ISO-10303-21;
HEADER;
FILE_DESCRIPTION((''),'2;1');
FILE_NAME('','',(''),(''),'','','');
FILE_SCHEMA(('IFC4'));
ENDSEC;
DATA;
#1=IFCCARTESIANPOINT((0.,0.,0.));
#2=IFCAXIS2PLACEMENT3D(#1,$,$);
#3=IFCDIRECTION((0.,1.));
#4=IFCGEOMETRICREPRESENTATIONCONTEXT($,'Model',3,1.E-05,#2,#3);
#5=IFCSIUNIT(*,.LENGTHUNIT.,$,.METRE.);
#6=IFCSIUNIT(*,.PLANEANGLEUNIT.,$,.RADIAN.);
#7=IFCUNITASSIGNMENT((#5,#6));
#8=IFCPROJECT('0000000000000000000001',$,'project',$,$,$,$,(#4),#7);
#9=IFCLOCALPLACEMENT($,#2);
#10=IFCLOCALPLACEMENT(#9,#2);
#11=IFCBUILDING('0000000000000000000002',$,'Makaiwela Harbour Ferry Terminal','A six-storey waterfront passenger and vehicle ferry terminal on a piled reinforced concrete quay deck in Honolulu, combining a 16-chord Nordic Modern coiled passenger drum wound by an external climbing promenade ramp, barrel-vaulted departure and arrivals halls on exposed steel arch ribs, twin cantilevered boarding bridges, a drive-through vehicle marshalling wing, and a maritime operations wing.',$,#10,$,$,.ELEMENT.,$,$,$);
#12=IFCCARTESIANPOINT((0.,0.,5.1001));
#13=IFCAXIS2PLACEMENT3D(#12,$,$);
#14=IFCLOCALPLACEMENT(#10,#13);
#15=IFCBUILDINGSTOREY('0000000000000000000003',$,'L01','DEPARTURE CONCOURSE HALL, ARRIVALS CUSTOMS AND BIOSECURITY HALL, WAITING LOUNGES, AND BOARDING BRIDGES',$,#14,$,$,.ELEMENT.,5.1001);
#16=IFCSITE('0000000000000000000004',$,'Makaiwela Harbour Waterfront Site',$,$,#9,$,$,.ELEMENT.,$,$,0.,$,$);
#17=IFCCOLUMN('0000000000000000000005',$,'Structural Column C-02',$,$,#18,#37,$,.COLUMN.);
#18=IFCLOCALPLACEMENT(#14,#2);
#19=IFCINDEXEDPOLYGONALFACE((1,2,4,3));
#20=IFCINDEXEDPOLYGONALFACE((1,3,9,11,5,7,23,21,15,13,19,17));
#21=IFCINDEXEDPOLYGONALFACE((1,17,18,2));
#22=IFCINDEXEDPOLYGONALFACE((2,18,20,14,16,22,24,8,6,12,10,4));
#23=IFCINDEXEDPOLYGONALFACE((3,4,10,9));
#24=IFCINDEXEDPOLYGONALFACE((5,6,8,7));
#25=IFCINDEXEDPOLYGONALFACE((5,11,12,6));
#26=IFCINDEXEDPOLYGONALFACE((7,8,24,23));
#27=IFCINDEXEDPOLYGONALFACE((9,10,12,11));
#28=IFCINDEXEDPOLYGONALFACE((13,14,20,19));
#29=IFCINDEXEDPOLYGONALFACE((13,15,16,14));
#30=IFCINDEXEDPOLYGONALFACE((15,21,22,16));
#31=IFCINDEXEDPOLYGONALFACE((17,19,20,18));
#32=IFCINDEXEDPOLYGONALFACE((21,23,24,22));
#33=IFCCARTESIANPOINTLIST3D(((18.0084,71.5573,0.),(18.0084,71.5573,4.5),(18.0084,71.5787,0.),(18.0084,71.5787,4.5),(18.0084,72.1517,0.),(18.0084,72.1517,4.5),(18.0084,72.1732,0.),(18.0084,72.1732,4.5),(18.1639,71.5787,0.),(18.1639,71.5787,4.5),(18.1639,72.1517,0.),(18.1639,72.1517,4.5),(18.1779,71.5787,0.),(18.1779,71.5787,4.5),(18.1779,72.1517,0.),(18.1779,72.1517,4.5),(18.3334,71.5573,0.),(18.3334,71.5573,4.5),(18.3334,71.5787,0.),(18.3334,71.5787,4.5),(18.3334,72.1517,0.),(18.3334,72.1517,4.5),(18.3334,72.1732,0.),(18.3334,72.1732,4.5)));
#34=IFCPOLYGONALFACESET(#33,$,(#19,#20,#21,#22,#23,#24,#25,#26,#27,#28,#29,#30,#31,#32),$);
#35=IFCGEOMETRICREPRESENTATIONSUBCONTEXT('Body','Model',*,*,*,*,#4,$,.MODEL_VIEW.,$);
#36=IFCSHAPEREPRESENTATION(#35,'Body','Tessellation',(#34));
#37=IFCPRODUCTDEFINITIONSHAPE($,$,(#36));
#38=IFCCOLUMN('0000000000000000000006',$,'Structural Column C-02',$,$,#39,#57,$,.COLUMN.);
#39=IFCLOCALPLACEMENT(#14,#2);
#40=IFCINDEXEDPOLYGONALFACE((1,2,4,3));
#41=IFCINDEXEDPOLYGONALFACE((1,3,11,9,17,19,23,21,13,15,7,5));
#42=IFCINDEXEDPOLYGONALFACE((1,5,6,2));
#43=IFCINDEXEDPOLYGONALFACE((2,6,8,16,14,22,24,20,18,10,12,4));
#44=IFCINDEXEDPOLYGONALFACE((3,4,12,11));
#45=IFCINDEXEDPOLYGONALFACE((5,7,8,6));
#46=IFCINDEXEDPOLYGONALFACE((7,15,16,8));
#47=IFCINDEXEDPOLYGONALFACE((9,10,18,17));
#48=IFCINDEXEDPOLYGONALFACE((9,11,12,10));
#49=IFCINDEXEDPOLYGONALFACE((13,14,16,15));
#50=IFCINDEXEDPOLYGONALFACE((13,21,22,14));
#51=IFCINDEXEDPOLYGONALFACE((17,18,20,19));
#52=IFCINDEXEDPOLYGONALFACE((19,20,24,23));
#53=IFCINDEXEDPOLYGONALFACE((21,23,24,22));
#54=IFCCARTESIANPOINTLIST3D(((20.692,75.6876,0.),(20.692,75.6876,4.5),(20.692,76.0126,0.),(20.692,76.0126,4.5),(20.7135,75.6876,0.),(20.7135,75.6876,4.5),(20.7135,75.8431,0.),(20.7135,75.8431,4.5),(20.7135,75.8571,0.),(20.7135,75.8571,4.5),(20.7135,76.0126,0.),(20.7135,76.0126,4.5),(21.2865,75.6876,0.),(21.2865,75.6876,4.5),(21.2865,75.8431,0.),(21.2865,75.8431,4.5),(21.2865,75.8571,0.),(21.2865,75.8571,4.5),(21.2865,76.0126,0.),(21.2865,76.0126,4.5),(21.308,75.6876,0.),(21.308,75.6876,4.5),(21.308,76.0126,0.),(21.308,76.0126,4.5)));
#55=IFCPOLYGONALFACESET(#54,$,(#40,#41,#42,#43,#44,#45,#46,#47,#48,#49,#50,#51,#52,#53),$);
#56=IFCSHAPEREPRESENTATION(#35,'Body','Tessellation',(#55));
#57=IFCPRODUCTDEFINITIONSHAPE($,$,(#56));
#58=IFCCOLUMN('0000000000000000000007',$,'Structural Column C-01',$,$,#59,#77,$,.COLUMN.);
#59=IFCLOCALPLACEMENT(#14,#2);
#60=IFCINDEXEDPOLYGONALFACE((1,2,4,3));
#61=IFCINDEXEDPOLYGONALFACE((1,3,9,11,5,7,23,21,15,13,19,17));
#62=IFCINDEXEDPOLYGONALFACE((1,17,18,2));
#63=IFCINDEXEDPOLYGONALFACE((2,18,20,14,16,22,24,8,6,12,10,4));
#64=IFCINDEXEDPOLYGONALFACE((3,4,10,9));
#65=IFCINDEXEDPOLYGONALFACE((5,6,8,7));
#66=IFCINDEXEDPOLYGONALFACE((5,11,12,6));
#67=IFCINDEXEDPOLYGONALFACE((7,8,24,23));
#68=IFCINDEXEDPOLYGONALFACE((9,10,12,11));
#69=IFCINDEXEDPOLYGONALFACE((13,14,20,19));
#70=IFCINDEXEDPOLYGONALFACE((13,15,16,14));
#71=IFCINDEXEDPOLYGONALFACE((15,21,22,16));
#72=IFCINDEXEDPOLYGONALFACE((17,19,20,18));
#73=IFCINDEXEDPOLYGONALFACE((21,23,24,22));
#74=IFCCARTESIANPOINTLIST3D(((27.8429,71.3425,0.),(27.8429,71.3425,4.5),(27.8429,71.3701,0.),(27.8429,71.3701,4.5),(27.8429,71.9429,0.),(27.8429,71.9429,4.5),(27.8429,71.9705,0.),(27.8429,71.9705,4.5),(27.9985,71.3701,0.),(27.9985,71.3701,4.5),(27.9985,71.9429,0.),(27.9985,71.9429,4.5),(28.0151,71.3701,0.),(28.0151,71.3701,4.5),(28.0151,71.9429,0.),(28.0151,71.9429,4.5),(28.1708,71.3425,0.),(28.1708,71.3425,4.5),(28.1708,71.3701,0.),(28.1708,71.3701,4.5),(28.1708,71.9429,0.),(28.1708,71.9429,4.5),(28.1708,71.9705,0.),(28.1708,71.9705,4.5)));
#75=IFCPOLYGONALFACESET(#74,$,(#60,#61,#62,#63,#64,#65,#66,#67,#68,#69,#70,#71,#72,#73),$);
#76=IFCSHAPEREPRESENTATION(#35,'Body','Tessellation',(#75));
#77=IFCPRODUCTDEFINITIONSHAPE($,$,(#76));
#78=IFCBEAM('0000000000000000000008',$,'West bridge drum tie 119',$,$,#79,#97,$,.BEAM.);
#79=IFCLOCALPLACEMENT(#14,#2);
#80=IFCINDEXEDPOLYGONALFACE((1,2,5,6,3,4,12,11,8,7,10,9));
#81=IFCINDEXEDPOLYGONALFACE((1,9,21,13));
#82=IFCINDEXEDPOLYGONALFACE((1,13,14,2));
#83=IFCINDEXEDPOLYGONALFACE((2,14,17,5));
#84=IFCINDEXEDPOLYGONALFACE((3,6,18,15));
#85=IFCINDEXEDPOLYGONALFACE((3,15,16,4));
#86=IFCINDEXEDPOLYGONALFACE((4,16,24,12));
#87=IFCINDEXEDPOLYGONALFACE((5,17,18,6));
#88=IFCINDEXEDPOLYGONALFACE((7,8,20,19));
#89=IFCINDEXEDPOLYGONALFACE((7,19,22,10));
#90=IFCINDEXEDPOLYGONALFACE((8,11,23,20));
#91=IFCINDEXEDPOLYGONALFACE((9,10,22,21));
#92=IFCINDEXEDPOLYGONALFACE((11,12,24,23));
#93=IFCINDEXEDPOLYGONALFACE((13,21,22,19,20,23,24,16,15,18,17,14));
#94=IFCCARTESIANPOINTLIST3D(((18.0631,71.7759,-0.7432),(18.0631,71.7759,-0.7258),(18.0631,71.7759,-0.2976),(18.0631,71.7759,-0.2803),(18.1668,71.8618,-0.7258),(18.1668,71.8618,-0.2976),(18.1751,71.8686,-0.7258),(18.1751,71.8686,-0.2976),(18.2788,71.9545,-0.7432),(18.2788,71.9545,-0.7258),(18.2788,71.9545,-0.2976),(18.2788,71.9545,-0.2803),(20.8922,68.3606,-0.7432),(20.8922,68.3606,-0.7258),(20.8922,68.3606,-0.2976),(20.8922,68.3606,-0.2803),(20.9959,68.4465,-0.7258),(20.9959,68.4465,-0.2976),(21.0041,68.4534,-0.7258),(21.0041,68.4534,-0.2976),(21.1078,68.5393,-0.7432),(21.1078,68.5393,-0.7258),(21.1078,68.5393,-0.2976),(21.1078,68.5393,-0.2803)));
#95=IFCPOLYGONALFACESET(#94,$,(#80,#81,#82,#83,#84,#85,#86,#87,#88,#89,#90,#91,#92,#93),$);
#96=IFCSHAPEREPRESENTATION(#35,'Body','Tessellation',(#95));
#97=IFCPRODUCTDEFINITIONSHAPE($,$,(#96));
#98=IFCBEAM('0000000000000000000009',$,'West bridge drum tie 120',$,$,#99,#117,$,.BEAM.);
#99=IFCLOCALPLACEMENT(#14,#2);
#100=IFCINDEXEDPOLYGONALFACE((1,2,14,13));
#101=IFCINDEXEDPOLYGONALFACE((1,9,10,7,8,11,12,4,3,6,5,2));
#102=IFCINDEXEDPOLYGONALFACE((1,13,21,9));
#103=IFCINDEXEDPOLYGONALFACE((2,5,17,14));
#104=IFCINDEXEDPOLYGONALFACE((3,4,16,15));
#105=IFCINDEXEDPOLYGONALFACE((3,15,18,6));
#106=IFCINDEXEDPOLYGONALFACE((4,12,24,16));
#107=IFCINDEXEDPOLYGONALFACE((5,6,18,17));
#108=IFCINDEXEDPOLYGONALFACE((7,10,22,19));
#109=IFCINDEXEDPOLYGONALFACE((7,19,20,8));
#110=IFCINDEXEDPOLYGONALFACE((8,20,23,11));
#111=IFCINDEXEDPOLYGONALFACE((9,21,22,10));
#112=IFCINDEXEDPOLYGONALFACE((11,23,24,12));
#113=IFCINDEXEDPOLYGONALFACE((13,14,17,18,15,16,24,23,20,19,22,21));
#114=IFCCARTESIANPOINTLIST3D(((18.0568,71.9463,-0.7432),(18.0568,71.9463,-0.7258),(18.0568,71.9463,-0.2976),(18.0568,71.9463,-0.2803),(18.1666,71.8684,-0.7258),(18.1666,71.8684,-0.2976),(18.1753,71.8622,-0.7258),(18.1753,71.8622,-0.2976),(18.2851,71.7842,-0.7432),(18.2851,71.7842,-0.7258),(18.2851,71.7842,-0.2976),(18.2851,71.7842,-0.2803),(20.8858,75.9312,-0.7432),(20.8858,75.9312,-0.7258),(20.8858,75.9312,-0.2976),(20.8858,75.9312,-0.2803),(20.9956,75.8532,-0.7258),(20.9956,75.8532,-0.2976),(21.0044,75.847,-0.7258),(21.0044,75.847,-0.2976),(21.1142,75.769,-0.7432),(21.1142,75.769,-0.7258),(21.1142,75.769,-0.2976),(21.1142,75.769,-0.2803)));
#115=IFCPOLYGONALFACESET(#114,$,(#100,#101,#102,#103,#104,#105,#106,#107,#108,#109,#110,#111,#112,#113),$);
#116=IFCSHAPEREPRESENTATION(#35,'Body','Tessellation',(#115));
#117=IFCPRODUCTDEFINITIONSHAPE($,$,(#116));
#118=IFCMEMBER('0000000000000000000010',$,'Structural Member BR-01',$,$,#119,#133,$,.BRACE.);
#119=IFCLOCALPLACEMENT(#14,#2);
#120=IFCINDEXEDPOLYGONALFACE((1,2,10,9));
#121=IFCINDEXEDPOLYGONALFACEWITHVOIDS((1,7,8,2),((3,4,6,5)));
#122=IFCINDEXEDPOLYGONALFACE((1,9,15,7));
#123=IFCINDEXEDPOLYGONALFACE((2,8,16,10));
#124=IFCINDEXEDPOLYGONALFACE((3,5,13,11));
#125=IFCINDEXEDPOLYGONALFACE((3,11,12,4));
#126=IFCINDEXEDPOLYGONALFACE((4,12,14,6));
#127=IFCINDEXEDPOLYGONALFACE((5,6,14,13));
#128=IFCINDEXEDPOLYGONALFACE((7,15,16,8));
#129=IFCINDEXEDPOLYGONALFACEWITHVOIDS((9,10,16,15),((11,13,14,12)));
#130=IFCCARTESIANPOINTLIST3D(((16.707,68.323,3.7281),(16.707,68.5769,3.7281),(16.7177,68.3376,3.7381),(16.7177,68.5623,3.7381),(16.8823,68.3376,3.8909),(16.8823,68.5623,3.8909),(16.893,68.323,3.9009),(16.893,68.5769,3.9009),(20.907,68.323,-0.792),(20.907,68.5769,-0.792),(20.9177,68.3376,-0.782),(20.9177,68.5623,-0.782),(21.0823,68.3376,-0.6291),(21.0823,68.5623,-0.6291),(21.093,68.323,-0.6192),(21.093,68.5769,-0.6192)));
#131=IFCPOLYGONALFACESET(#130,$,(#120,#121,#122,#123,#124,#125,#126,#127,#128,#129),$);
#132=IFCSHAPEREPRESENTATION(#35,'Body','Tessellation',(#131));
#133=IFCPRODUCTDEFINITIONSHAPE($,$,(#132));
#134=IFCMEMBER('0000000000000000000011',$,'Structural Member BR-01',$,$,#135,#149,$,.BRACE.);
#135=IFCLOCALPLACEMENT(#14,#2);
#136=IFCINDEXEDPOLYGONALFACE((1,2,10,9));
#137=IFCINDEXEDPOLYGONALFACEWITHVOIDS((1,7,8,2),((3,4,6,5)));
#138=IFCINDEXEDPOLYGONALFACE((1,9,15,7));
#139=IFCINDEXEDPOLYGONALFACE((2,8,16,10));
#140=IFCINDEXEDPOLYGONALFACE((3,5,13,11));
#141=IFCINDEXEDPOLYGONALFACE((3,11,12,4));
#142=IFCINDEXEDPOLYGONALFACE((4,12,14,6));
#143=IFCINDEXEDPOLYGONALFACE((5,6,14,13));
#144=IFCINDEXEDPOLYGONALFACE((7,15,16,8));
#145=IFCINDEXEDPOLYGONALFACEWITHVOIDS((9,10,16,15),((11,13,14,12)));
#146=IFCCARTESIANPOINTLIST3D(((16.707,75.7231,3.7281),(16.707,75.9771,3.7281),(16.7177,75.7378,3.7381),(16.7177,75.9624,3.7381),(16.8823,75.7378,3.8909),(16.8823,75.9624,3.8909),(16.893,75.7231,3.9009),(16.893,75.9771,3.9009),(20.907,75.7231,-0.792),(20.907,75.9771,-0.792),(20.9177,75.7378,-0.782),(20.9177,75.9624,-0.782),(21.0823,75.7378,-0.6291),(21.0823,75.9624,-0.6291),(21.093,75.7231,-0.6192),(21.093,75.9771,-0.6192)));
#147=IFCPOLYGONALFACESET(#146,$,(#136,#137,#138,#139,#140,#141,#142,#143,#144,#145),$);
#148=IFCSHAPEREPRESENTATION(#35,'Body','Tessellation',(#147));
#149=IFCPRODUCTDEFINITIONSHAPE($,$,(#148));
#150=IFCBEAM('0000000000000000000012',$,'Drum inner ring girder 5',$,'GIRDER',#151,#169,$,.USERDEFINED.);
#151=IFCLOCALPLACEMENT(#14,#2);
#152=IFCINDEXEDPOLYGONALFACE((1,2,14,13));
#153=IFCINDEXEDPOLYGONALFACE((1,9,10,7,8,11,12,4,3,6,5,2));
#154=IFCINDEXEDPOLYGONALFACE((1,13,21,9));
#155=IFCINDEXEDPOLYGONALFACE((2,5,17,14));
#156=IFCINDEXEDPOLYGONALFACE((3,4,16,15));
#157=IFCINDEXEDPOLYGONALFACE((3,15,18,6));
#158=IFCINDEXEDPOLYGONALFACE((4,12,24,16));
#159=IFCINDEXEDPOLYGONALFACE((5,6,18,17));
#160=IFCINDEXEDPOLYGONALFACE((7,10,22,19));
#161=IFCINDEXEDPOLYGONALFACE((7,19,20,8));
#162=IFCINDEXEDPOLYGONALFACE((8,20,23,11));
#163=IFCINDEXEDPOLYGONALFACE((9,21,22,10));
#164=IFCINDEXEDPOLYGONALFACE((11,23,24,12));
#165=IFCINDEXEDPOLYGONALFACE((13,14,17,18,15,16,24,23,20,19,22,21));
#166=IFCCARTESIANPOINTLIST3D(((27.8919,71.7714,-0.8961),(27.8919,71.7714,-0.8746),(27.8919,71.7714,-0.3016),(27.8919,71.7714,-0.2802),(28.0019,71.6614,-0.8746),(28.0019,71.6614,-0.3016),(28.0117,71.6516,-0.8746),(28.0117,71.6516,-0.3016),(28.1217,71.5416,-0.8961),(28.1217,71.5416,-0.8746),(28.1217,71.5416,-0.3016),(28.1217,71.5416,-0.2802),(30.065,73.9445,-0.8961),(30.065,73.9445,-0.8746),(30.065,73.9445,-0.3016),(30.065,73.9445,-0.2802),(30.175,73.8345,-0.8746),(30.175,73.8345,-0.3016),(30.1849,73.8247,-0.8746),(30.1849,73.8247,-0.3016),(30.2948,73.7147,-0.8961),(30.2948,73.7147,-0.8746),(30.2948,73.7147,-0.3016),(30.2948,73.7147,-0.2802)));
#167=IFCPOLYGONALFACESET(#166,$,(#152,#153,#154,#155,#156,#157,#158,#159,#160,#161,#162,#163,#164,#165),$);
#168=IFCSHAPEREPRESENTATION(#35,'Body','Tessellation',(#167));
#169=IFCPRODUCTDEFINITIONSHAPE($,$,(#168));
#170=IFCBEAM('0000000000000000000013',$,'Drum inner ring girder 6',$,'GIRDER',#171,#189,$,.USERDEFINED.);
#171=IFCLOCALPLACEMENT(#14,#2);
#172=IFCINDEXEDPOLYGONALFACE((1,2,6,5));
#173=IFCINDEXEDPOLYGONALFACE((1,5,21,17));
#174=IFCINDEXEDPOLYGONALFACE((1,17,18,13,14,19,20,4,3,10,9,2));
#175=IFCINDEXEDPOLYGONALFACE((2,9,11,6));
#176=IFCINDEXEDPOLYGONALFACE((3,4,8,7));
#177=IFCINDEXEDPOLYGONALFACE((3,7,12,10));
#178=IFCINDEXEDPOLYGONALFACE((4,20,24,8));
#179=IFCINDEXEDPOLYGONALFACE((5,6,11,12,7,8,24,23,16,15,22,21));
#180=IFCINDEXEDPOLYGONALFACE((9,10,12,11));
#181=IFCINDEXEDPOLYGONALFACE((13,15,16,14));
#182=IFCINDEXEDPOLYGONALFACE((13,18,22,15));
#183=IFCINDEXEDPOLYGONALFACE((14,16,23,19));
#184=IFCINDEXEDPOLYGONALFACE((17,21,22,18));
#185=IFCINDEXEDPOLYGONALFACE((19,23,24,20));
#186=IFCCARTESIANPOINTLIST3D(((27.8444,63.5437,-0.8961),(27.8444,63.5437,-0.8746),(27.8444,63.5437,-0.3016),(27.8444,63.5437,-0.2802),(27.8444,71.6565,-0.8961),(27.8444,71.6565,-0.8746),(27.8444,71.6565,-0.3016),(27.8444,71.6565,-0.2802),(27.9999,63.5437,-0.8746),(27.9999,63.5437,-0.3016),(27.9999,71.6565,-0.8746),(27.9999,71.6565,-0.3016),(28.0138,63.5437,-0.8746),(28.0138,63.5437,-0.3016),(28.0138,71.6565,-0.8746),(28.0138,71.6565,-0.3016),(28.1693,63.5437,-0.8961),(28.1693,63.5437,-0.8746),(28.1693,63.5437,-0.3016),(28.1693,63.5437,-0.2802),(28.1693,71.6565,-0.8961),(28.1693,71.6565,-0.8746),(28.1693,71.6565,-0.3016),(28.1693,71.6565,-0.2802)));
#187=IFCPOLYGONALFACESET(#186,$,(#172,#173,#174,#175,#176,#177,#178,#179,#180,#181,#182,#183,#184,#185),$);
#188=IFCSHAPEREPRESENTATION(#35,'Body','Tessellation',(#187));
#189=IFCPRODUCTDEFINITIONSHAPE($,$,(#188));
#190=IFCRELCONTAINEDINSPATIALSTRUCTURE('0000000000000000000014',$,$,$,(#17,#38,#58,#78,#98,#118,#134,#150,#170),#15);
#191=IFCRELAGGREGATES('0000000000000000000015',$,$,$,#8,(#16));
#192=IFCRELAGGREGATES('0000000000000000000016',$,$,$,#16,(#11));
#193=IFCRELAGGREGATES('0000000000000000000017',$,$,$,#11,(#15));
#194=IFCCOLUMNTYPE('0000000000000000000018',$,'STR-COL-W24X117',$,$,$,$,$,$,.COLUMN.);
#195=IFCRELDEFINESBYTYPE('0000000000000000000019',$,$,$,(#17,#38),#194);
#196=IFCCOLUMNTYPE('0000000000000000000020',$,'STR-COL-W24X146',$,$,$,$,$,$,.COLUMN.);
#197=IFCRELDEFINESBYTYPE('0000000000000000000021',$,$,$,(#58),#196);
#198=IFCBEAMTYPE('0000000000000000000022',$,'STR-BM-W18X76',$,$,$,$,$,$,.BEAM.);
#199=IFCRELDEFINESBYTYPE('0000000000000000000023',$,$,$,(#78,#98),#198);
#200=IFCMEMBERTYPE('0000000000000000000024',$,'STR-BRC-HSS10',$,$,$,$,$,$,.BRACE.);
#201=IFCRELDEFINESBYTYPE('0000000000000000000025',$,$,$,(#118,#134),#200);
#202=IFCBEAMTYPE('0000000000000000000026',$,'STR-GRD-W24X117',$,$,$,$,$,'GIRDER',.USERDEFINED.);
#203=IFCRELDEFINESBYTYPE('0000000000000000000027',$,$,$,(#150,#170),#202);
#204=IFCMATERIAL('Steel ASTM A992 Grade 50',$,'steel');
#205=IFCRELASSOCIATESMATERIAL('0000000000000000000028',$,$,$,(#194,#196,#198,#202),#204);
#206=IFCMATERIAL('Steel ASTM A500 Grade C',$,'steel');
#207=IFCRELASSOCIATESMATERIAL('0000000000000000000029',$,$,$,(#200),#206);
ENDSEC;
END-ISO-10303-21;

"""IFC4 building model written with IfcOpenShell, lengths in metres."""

from ifc_helpers import new_model, si_unit, direction, frame, origin, origin_2d, place, context, subcontext, project, spatial, hollow_rectangle, i_section, extrude, material, material_profile, profile_set, type_object, element, save


model = new_model("IFC4")

# Units and contexts
model_context = context("Model", 3, precision=1e-05, world=origin(), true_north=direction((0.0, 1.0)))
body_context = subcontext(model_context, "Body", "Model", "MODEL_VIEW")
ifc_project = project(units=[si_unit("LENGTHUNIT", "METRE"), si_unit("PLANEANGLEUNIT", "RADIAN")], contexts=[model_context])

# Site, building, storey
site_placement = place(None, origin())
site = spatial("IfcSite", under=ifc_project, at=site_placement, Name="Makaiwela Harbour Waterfront Site", CompositionType="ELEMENT", RefElevation=0.0)
building_placement = place(site_placement, origin())
building = spatial("IfcBuilding", under=site, at=building_placement, Name="Makaiwela Harbour Ferry Terminal", Description="A six-storey waterfront passenger and vehicle ferry terminal on a piled reinforced concrete quay deck in Honolulu, combining a 16-chord Nordic Modern coiled passenger drum wound by an external climbing promenade ramp, barrel-vaulted departure and arrivals halls on exposed steel arch ribs, twin cantilevered boarding bridges, a drive-through vehicle marshalling wing, and a maritime operations wing.", CompositionType="ELEMENT")
storey_placement = place(building_placement, frame((0.0, 0.0, 5.1001)))
storey = spatial("IfcBuildingStorey", under=building, at=storey_placement, Name="L01", Description="DEPARTURE CONCOURSE HALL, ARRIVALS CUSTOMS AND BIOSECURITY HALL, WAITING LOUNGES, AND BOARDING BRIDGES", CompositionType="ELEMENT", Elevation=5.1001)

# Columns
ifc_material_1 = material(Name="Steel ASTM A992 Grade 50", Category="steel")
ifc_material_profile_1 = material_profile(ifc_material_1, i_section(OverallWidth=0.325, OverallDepth=0.616, WebThickness=0.0139, FlangeThickness=0.0215, at=origin_2d()), Name="W24X117")
ifc_profile_set_1 = profile_set([ifc_material_profile_1], Name="Steel ASTM A992 Grade 50")
column_type_1 = type_object("IfcColumnType", Name="STR-COL-W24X117", PredefinedType="COLUMN", material=ifc_profile_set_1)
for number, where, z_axis, x_axis, name in (
    (1, (18.1709, 71.8652, 0.0), (0.0, 0.0, 1.0), (1.0, 0.0, 0.0), "Structural Column C-02"),
    (2, (21.0, 75.8501, 0.0), (0.0, 0.0, 1.0), (0.0, 1.0, 0.0), "Structural Column C-02"),
):
    element("IfcColumn", number, at=place(storey_placement, frame(where, z_axis=z_axis, x_axis=x_axis)), inside=storey, type_object=column_type_1, Name=name, PredefinedType="COLUMN", context=body_context, shape_type="SweptSolid", body=[
        extrude(i_section(OverallWidth=0.325, OverallDepth=0.616, WebThickness=0.0139, FlangeThickness=0.0215, at=origin_2d()), origin(), (0.0, 0.0, 1.0), 4.5),
    ])
ifc_material_profile_2 = material_profile(ifc_material_1, i_section(OverallWidth=0.3279, OverallDepth=0.6279, WebThickness=0.0166, FlangeThickness=0.0276, at=origin_2d()), Name="W24X146")
ifc_profile_set_2 = profile_set([ifc_material_profile_2], Name="Steel ASTM A992 Grade 50")
column_type_2 = type_object("IfcColumnType", Name="STR-COL-W24X146", PredefinedType="COLUMN", material=ifc_profile_set_2)
column_placement = place(storey_placement, frame((28.0068, 71.6565, 0.0), z_axis=(0.0, 0.0, 1.0), x_axis=(1.0, 0.0, 0.0)))
element("IfcColumn", 3, at=column_placement, inside=storey, type_object=column_type_2, Name="Structural Column C-01", PredefinedType="COLUMN", context=body_context, shape_type="SweptSolid", body=[
    extrude(i_section(OverallWidth=0.3279, OverallDepth=0.6279, WebThickness=0.0166, FlangeThickness=0.0276, at=origin_2d()), origin(), (0.0, 0.0, 1.0), 4.5),
])

# Beams
ifc_material_profile_3 = material_profile(ifc_material_1, i_section(OverallWidth=0.28, OverallDepth=0.4629, WebThickness=0.0107, FlangeThickness=0.0173, at=origin_2d()), Name="W18X76")
ifc_profile_set_3 = profile_set([ifc_material_profile_3], Name="Steel ASTM A992 Grade 50")
beam_type_1 = type_object("IfcBeamType", Name="STR-BM-W18X76", PredefinedType="BEAM", material=ifc_profile_set_3)
beam_1_placement = place(storey_placement, frame((21.0, 68.45, -0.5117), z_axis=(-0.637924, 0.7701, 0.0), x_axis=(-0.7701, -0.637924, 0.0)))
element("IfcBeam", 4, at=beam_1_placement, inside=storey, type_object=beam_type_1, Name="West bridge drum tie 119", PredefinedType="BEAM", context=body_context, shape_type="SweptSolid", body=[
    extrude(i_section(OverallWidth=0.28, OverallDepth=0.4629, WebThickness=0.0107, FlangeThickness=0.0173, at=origin_2d()), origin(), (0.0, 0.0, 1.0), 4.4348),
])
beam_2_placement = place(storey_placement, frame((21.0, 75.8501, -0.5117), z_axis=(-0.578901, -0.815398, 0.0), x_axis=(0.815398, -0.578901, 0.0)))
element("IfcBeam", 5, at=beam_2_placement, inside=storey, type_object=beam_type_1, Name="West bridge drum tie 120", PredefinedType="BEAM", context=body_context, shape_type="SweptSolid", body=[
    extrude(i_section(OverallWidth=0.28, OverallDepth=0.4629, WebThickness=0.0107, FlangeThickness=0.0173, at=origin_2d()), origin(), (0.0, 0.0, 1.0), 4.887),
])

# Members
ifc_material_2 = material(Name="Steel ASTM A500 Grade C", Category="steel")
ifc_material_profile_4 = material_profile(ifc_material_2, hollow_rectangle(XDim=0.2539, YDim=0.2539, WallThickness=0.0146, at=origin_2d()), Name="HSS10X10X5/8")
ifc_profile_set_4 = profile_set([ifc_material_profile_4], Name="Steel ASTM A500 Grade C")
member_type_1 = type_object("IfcMemberType", Name="STR-BRC-HSS10", PredefinedType="BRACE", material=ifc_profile_set_4)
for number, where, z_axis, x_axis, name in (
    (6, (21.0, 68.45, -0.7056), (-0.680694, 0.0, 0.732568), (0.0, -1.0, 0.0), "Structural Member BR-01"),
    (7, (21.0, 75.8501, -0.7056), (-0.680694, 0.0, 0.732568), (0.0, -1.0, 0.0), "Structural Member BR-01"),
):
    element("IfcMember", number, at=place(storey_placement, frame(where, z_axis=z_axis, x_axis=x_axis)), inside=storey, type_object=member_type_1, Name=name, PredefinedType="BRACE", context=body_context, shape_type="SweptSolid", body=[
        extrude(hollow_rectangle(XDim=0.2539, YDim=0.2539, WallThickness=0.0146, at=origin_2d()), origin(), (0.0, 0.0, 1.0), 6.1702),
    ])

# Beams
ifc_material_profile_5 = material_profile(ifc_material_1, i_section(OverallWidth=0.325, OverallDepth=0.616, WebThickness=0.0139, FlangeThickness=0.0215, at=origin_2d()), Name="W24X117")
ifc_profile_set_5 = profile_set([ifc_material_profile_5], Name="Steel ASTM A992 Grade 50")
beam_type_2 = type_object("IfcBeamType", Name="STR-GRD-W24X117", ElementType="GIRDER", PredefinedType="USERDEFINED", material=ifc_profile_set_5)
beam_3_placement = place(storey_placement, frame((30.1799, 73.8296, -0.5881), z_axis=(-0.707107, -0.707107, 0.0), x_axis=(0.707107, -0.707107, 0.0)))
element("IfcBeam", 8, at=beam_3_placement, inside=storey, type_object=beam_type_2, Name="Drum inner ring girder 5", ObjectType="GIRDER", PredefinedType="USERDEFINED", context=body_context, shape_type="SweptSolid", body=[
    extrude(i_section(OverallWidth=0.325, OverallDepth=0.616, WebThickness=0.0139, FlangeThickness=0.0215, at=origin_2d()), origin(), (0.0, 0.0, 1.0), 3.0732),
])
beam_4_placement = place(storey_placement, frame((28.0068, 71.6565, -0.5881), z_axis=(0.0, -1.0, 0.0), x_axis=(1.0, 0.0, 0.0)))
element("IfcBeam", 9, at=beam_4_placement, inside=storey, type_object=beam_type_2, Name="Drum inner ring girder 6", ObjectType="GIRDER", PredefinedType="USERDEFINED", context=body_context, shape_type="SweptSolid", body=[
    extrude(i_section(OverallWidth=0.325, OverallDepth=0.616, WebThickness=0.0139, FlangeThickness=0.0215, at=origin_2d()), origin(), (0.0, 0.0, 1.0), 8.1128),
])

save(model, "model.ifc")
